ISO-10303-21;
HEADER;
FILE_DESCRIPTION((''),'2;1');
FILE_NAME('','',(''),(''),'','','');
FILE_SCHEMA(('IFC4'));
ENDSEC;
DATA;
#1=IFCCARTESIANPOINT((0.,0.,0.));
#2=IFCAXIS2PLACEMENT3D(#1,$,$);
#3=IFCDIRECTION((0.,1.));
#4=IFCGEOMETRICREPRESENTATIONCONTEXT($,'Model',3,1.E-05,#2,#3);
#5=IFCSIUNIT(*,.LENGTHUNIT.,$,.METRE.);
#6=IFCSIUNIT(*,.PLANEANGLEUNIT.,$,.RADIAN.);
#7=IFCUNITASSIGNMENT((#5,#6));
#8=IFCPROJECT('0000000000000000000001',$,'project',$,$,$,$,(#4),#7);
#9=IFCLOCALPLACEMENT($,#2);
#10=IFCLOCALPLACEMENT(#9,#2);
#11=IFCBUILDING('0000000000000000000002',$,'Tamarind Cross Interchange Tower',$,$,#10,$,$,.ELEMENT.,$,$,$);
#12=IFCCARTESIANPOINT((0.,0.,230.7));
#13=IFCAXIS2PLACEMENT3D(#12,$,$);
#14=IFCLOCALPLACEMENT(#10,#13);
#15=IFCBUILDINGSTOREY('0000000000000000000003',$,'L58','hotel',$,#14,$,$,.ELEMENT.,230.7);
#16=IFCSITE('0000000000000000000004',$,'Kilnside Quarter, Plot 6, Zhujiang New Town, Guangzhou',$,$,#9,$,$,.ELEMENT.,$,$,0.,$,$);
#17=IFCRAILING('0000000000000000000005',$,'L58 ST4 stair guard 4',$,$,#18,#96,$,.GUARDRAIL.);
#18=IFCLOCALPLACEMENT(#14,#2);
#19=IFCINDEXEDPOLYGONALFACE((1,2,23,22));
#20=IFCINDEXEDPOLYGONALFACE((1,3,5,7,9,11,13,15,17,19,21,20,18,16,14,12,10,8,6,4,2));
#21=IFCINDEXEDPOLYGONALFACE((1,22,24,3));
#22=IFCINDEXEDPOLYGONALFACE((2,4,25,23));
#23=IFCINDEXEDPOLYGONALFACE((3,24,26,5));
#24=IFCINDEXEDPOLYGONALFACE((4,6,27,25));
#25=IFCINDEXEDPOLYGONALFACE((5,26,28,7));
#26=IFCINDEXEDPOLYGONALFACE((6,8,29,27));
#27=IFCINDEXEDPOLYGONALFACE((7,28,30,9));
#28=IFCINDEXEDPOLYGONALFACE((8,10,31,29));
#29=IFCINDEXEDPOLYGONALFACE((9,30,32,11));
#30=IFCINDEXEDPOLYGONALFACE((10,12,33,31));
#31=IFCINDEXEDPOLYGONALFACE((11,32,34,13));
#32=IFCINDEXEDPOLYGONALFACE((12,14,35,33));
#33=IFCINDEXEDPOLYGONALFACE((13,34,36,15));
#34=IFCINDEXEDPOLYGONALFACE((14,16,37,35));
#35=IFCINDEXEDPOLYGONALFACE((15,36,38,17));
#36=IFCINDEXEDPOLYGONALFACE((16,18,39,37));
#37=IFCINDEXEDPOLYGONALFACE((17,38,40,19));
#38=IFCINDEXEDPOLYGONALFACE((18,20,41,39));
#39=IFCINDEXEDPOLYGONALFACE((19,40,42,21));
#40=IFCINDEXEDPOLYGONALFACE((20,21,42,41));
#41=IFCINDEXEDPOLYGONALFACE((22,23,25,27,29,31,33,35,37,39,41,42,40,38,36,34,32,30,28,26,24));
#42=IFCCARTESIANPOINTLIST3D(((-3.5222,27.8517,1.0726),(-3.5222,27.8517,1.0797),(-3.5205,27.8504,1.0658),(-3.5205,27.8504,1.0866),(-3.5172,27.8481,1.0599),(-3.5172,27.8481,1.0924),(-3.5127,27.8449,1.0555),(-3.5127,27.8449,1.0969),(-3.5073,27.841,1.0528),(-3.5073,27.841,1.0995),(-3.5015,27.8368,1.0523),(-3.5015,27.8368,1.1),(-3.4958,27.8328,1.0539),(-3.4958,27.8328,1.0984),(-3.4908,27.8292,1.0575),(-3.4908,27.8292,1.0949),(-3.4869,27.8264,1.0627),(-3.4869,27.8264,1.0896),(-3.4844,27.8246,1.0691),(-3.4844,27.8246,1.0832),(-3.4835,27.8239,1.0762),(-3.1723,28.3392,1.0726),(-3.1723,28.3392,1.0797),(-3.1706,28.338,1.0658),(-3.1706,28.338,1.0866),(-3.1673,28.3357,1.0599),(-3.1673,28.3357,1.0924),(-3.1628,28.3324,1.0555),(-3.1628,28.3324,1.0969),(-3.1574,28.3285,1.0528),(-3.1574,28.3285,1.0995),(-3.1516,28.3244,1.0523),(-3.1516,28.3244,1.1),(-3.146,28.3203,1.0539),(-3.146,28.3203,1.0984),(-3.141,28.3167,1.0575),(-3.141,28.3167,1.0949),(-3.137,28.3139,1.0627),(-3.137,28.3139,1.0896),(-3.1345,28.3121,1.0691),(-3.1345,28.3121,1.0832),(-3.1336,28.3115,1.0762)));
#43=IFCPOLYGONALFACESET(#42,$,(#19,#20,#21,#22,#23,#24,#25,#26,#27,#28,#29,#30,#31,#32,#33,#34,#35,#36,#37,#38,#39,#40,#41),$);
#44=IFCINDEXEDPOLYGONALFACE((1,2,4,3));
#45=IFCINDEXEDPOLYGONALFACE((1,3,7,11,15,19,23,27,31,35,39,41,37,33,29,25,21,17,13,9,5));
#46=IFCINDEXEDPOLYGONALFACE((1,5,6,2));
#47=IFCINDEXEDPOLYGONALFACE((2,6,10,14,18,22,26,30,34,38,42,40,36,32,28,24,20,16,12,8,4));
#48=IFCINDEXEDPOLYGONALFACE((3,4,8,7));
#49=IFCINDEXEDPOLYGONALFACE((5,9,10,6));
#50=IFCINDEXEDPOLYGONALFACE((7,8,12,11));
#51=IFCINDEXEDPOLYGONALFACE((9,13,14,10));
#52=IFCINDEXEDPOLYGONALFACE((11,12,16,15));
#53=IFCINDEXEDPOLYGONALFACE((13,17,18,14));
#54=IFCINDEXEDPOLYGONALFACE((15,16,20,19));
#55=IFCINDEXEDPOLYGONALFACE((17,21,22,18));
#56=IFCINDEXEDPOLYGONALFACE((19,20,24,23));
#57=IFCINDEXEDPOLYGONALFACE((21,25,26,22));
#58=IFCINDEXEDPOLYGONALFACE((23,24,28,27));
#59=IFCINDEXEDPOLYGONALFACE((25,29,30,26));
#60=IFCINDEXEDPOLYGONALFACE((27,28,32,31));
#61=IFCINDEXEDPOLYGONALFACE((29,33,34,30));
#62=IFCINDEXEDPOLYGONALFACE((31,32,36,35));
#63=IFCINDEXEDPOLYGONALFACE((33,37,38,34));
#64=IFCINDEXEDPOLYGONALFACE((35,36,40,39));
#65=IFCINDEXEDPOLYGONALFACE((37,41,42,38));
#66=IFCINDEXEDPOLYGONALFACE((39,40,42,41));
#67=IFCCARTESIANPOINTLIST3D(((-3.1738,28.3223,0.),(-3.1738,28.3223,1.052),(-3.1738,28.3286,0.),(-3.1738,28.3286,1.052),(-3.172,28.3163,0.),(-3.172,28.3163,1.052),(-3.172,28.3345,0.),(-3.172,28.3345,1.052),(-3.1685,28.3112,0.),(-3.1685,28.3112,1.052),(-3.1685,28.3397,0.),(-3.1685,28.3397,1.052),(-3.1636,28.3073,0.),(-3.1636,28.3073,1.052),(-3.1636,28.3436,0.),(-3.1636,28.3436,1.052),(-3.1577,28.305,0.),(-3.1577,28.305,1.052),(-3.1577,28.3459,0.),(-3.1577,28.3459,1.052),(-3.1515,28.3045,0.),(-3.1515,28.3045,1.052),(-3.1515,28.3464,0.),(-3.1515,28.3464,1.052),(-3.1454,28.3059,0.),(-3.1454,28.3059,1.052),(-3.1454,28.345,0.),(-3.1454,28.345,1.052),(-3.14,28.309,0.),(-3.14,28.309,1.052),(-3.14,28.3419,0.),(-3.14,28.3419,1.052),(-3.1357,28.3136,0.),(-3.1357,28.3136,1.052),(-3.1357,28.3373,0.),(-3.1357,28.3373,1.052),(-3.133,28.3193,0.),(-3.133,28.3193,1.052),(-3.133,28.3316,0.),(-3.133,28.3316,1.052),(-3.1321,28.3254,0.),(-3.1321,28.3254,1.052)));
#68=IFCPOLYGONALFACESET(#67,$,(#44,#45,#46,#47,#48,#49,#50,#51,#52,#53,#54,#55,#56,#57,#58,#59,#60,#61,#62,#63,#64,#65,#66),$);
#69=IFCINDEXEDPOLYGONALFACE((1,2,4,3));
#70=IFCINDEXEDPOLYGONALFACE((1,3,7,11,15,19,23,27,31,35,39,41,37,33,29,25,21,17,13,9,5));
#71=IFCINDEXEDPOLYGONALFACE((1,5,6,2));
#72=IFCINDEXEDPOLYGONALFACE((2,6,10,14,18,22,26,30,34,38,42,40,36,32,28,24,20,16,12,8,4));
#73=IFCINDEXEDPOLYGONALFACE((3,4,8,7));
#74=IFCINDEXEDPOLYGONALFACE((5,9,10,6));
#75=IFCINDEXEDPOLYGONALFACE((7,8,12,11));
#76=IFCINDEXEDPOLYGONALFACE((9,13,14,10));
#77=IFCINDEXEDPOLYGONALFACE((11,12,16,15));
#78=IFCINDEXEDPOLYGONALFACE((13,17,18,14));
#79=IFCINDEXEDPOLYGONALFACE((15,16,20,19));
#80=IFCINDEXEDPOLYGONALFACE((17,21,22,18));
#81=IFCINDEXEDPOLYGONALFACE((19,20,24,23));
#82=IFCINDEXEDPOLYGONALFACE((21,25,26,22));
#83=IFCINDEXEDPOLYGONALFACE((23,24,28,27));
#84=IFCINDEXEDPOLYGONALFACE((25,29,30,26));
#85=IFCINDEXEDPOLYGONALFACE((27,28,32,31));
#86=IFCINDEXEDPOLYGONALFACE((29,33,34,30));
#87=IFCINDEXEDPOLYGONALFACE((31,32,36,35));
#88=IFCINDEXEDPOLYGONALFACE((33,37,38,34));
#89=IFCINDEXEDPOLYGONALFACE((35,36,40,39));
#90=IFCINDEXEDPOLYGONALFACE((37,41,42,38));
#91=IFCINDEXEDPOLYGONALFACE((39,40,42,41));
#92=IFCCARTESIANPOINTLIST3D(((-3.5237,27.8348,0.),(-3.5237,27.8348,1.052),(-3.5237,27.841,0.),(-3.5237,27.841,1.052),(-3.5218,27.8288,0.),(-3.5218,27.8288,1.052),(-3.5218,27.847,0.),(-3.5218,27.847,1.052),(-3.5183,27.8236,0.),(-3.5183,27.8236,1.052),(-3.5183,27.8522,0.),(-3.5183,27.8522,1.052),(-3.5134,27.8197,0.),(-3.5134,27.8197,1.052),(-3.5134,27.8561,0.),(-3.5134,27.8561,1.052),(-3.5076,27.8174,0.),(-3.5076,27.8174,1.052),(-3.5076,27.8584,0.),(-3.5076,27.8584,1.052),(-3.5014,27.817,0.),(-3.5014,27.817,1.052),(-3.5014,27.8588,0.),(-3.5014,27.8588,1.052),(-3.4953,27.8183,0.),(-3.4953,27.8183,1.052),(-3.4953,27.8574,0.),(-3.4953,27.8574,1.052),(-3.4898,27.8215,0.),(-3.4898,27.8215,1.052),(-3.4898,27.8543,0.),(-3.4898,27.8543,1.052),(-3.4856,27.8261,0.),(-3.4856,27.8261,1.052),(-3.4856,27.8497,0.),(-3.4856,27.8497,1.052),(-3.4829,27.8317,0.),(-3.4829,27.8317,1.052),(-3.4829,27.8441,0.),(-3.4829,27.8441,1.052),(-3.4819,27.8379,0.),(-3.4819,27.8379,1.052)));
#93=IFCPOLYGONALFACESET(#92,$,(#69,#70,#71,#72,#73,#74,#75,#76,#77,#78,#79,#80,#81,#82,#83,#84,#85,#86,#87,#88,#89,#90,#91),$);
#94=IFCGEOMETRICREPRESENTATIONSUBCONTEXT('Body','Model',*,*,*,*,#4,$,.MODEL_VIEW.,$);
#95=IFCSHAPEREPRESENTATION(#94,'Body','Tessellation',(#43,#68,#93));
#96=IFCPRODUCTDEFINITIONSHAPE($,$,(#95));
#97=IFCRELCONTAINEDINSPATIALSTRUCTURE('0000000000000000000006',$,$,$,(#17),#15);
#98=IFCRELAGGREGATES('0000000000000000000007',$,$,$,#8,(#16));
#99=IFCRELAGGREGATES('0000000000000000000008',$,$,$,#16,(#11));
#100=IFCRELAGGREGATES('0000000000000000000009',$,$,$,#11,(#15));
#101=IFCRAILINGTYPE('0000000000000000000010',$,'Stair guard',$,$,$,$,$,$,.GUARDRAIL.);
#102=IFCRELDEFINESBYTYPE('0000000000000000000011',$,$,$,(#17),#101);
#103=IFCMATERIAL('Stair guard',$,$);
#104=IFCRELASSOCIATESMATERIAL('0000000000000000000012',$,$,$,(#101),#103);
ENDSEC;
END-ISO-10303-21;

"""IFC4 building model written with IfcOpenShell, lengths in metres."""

from ifc_helpers import new_model, si_unit, direction, frame, origin, origin_2d, place, context, subcontext, project, spatial, circle, extrude, material, type_object, element, save


model = new_model("IFC4")

# Units and contexts
model_context = context("Model", 3, precision=1e-05, world=origin(), true_north=direction((0.0, 1.0)))
body_context = subcontext(model_context, "Body", "Model", "MODEL_VIEW")
ifc_project = project(units=[si_unit("LENGTHUNIT", "METRE"), si_unit("PLANEANGLEUNIT", "RADIAN")], contexts=[model_context])

# Site, building, storey
site_placement = place(None, origin())
site = spatial("IfcSite", under=ifc_project, at=site_placement, Name="Kilnside Quarter, Plot 6, Zhujiang New Town, Guangzhou", CompositionType="ELEMENT", RefElevation=0.0)
building_placement = place(site_placement, origin())
building = spatial("IfcBuilding", under=site, at=building_placement, Name="Tamarind Cross Interchange Tower", CompositionType="ELEMENT")
storey_placement = place(building_placement, frame((0.0, 0.0, 230.7)))
storey = spatial("IfcBuildingStorey", under=building, at=storey_placement, Name="L58", Description="hotel", CompositionType="ELEMENT", Elevation=230.7)

# Railing
ifc_material_1 = material(Name="Stair guard")
railing_type_1 = type_object("IfcRailingType", Name="Stair guard", PredefinedType="GUARDRAIL", material=ifc_material_1)
railing_1_placement = place(storey_placement, frame((-3.1531, 28.3254, 0.0)))
element("IfcRailing", 1, at=railing_1_placement, inside=storey, type_object=railing_type_1, Name="L58 ST4 stair guard 4", PredefinedType="GUARDRAIL", context=body_context, shape_type="SweptSolid", body=[
    extrude(circle(Radius=0.0239, at=origin_2d()), frame((0.0, 0.0, 1.0762), z_axis=(-0.583007, -0.812467, 0.0), x_axis=(0.812467, -0.583007, 0.0)), (0.0, 0.0, 1.0), 0.6001),
    extrude(circle(Radius=0.021, at=origin_2d()), origin(), (0.0, 0.0, 1.0), 1.052),
    extrude(circle(Radius=0.021, at=origin_2d()), frame((-0.3499, -0.4875, 0.0)), (0.0, 0.0, 1.0), 1.052),
])

save(model, "model.ifc")
